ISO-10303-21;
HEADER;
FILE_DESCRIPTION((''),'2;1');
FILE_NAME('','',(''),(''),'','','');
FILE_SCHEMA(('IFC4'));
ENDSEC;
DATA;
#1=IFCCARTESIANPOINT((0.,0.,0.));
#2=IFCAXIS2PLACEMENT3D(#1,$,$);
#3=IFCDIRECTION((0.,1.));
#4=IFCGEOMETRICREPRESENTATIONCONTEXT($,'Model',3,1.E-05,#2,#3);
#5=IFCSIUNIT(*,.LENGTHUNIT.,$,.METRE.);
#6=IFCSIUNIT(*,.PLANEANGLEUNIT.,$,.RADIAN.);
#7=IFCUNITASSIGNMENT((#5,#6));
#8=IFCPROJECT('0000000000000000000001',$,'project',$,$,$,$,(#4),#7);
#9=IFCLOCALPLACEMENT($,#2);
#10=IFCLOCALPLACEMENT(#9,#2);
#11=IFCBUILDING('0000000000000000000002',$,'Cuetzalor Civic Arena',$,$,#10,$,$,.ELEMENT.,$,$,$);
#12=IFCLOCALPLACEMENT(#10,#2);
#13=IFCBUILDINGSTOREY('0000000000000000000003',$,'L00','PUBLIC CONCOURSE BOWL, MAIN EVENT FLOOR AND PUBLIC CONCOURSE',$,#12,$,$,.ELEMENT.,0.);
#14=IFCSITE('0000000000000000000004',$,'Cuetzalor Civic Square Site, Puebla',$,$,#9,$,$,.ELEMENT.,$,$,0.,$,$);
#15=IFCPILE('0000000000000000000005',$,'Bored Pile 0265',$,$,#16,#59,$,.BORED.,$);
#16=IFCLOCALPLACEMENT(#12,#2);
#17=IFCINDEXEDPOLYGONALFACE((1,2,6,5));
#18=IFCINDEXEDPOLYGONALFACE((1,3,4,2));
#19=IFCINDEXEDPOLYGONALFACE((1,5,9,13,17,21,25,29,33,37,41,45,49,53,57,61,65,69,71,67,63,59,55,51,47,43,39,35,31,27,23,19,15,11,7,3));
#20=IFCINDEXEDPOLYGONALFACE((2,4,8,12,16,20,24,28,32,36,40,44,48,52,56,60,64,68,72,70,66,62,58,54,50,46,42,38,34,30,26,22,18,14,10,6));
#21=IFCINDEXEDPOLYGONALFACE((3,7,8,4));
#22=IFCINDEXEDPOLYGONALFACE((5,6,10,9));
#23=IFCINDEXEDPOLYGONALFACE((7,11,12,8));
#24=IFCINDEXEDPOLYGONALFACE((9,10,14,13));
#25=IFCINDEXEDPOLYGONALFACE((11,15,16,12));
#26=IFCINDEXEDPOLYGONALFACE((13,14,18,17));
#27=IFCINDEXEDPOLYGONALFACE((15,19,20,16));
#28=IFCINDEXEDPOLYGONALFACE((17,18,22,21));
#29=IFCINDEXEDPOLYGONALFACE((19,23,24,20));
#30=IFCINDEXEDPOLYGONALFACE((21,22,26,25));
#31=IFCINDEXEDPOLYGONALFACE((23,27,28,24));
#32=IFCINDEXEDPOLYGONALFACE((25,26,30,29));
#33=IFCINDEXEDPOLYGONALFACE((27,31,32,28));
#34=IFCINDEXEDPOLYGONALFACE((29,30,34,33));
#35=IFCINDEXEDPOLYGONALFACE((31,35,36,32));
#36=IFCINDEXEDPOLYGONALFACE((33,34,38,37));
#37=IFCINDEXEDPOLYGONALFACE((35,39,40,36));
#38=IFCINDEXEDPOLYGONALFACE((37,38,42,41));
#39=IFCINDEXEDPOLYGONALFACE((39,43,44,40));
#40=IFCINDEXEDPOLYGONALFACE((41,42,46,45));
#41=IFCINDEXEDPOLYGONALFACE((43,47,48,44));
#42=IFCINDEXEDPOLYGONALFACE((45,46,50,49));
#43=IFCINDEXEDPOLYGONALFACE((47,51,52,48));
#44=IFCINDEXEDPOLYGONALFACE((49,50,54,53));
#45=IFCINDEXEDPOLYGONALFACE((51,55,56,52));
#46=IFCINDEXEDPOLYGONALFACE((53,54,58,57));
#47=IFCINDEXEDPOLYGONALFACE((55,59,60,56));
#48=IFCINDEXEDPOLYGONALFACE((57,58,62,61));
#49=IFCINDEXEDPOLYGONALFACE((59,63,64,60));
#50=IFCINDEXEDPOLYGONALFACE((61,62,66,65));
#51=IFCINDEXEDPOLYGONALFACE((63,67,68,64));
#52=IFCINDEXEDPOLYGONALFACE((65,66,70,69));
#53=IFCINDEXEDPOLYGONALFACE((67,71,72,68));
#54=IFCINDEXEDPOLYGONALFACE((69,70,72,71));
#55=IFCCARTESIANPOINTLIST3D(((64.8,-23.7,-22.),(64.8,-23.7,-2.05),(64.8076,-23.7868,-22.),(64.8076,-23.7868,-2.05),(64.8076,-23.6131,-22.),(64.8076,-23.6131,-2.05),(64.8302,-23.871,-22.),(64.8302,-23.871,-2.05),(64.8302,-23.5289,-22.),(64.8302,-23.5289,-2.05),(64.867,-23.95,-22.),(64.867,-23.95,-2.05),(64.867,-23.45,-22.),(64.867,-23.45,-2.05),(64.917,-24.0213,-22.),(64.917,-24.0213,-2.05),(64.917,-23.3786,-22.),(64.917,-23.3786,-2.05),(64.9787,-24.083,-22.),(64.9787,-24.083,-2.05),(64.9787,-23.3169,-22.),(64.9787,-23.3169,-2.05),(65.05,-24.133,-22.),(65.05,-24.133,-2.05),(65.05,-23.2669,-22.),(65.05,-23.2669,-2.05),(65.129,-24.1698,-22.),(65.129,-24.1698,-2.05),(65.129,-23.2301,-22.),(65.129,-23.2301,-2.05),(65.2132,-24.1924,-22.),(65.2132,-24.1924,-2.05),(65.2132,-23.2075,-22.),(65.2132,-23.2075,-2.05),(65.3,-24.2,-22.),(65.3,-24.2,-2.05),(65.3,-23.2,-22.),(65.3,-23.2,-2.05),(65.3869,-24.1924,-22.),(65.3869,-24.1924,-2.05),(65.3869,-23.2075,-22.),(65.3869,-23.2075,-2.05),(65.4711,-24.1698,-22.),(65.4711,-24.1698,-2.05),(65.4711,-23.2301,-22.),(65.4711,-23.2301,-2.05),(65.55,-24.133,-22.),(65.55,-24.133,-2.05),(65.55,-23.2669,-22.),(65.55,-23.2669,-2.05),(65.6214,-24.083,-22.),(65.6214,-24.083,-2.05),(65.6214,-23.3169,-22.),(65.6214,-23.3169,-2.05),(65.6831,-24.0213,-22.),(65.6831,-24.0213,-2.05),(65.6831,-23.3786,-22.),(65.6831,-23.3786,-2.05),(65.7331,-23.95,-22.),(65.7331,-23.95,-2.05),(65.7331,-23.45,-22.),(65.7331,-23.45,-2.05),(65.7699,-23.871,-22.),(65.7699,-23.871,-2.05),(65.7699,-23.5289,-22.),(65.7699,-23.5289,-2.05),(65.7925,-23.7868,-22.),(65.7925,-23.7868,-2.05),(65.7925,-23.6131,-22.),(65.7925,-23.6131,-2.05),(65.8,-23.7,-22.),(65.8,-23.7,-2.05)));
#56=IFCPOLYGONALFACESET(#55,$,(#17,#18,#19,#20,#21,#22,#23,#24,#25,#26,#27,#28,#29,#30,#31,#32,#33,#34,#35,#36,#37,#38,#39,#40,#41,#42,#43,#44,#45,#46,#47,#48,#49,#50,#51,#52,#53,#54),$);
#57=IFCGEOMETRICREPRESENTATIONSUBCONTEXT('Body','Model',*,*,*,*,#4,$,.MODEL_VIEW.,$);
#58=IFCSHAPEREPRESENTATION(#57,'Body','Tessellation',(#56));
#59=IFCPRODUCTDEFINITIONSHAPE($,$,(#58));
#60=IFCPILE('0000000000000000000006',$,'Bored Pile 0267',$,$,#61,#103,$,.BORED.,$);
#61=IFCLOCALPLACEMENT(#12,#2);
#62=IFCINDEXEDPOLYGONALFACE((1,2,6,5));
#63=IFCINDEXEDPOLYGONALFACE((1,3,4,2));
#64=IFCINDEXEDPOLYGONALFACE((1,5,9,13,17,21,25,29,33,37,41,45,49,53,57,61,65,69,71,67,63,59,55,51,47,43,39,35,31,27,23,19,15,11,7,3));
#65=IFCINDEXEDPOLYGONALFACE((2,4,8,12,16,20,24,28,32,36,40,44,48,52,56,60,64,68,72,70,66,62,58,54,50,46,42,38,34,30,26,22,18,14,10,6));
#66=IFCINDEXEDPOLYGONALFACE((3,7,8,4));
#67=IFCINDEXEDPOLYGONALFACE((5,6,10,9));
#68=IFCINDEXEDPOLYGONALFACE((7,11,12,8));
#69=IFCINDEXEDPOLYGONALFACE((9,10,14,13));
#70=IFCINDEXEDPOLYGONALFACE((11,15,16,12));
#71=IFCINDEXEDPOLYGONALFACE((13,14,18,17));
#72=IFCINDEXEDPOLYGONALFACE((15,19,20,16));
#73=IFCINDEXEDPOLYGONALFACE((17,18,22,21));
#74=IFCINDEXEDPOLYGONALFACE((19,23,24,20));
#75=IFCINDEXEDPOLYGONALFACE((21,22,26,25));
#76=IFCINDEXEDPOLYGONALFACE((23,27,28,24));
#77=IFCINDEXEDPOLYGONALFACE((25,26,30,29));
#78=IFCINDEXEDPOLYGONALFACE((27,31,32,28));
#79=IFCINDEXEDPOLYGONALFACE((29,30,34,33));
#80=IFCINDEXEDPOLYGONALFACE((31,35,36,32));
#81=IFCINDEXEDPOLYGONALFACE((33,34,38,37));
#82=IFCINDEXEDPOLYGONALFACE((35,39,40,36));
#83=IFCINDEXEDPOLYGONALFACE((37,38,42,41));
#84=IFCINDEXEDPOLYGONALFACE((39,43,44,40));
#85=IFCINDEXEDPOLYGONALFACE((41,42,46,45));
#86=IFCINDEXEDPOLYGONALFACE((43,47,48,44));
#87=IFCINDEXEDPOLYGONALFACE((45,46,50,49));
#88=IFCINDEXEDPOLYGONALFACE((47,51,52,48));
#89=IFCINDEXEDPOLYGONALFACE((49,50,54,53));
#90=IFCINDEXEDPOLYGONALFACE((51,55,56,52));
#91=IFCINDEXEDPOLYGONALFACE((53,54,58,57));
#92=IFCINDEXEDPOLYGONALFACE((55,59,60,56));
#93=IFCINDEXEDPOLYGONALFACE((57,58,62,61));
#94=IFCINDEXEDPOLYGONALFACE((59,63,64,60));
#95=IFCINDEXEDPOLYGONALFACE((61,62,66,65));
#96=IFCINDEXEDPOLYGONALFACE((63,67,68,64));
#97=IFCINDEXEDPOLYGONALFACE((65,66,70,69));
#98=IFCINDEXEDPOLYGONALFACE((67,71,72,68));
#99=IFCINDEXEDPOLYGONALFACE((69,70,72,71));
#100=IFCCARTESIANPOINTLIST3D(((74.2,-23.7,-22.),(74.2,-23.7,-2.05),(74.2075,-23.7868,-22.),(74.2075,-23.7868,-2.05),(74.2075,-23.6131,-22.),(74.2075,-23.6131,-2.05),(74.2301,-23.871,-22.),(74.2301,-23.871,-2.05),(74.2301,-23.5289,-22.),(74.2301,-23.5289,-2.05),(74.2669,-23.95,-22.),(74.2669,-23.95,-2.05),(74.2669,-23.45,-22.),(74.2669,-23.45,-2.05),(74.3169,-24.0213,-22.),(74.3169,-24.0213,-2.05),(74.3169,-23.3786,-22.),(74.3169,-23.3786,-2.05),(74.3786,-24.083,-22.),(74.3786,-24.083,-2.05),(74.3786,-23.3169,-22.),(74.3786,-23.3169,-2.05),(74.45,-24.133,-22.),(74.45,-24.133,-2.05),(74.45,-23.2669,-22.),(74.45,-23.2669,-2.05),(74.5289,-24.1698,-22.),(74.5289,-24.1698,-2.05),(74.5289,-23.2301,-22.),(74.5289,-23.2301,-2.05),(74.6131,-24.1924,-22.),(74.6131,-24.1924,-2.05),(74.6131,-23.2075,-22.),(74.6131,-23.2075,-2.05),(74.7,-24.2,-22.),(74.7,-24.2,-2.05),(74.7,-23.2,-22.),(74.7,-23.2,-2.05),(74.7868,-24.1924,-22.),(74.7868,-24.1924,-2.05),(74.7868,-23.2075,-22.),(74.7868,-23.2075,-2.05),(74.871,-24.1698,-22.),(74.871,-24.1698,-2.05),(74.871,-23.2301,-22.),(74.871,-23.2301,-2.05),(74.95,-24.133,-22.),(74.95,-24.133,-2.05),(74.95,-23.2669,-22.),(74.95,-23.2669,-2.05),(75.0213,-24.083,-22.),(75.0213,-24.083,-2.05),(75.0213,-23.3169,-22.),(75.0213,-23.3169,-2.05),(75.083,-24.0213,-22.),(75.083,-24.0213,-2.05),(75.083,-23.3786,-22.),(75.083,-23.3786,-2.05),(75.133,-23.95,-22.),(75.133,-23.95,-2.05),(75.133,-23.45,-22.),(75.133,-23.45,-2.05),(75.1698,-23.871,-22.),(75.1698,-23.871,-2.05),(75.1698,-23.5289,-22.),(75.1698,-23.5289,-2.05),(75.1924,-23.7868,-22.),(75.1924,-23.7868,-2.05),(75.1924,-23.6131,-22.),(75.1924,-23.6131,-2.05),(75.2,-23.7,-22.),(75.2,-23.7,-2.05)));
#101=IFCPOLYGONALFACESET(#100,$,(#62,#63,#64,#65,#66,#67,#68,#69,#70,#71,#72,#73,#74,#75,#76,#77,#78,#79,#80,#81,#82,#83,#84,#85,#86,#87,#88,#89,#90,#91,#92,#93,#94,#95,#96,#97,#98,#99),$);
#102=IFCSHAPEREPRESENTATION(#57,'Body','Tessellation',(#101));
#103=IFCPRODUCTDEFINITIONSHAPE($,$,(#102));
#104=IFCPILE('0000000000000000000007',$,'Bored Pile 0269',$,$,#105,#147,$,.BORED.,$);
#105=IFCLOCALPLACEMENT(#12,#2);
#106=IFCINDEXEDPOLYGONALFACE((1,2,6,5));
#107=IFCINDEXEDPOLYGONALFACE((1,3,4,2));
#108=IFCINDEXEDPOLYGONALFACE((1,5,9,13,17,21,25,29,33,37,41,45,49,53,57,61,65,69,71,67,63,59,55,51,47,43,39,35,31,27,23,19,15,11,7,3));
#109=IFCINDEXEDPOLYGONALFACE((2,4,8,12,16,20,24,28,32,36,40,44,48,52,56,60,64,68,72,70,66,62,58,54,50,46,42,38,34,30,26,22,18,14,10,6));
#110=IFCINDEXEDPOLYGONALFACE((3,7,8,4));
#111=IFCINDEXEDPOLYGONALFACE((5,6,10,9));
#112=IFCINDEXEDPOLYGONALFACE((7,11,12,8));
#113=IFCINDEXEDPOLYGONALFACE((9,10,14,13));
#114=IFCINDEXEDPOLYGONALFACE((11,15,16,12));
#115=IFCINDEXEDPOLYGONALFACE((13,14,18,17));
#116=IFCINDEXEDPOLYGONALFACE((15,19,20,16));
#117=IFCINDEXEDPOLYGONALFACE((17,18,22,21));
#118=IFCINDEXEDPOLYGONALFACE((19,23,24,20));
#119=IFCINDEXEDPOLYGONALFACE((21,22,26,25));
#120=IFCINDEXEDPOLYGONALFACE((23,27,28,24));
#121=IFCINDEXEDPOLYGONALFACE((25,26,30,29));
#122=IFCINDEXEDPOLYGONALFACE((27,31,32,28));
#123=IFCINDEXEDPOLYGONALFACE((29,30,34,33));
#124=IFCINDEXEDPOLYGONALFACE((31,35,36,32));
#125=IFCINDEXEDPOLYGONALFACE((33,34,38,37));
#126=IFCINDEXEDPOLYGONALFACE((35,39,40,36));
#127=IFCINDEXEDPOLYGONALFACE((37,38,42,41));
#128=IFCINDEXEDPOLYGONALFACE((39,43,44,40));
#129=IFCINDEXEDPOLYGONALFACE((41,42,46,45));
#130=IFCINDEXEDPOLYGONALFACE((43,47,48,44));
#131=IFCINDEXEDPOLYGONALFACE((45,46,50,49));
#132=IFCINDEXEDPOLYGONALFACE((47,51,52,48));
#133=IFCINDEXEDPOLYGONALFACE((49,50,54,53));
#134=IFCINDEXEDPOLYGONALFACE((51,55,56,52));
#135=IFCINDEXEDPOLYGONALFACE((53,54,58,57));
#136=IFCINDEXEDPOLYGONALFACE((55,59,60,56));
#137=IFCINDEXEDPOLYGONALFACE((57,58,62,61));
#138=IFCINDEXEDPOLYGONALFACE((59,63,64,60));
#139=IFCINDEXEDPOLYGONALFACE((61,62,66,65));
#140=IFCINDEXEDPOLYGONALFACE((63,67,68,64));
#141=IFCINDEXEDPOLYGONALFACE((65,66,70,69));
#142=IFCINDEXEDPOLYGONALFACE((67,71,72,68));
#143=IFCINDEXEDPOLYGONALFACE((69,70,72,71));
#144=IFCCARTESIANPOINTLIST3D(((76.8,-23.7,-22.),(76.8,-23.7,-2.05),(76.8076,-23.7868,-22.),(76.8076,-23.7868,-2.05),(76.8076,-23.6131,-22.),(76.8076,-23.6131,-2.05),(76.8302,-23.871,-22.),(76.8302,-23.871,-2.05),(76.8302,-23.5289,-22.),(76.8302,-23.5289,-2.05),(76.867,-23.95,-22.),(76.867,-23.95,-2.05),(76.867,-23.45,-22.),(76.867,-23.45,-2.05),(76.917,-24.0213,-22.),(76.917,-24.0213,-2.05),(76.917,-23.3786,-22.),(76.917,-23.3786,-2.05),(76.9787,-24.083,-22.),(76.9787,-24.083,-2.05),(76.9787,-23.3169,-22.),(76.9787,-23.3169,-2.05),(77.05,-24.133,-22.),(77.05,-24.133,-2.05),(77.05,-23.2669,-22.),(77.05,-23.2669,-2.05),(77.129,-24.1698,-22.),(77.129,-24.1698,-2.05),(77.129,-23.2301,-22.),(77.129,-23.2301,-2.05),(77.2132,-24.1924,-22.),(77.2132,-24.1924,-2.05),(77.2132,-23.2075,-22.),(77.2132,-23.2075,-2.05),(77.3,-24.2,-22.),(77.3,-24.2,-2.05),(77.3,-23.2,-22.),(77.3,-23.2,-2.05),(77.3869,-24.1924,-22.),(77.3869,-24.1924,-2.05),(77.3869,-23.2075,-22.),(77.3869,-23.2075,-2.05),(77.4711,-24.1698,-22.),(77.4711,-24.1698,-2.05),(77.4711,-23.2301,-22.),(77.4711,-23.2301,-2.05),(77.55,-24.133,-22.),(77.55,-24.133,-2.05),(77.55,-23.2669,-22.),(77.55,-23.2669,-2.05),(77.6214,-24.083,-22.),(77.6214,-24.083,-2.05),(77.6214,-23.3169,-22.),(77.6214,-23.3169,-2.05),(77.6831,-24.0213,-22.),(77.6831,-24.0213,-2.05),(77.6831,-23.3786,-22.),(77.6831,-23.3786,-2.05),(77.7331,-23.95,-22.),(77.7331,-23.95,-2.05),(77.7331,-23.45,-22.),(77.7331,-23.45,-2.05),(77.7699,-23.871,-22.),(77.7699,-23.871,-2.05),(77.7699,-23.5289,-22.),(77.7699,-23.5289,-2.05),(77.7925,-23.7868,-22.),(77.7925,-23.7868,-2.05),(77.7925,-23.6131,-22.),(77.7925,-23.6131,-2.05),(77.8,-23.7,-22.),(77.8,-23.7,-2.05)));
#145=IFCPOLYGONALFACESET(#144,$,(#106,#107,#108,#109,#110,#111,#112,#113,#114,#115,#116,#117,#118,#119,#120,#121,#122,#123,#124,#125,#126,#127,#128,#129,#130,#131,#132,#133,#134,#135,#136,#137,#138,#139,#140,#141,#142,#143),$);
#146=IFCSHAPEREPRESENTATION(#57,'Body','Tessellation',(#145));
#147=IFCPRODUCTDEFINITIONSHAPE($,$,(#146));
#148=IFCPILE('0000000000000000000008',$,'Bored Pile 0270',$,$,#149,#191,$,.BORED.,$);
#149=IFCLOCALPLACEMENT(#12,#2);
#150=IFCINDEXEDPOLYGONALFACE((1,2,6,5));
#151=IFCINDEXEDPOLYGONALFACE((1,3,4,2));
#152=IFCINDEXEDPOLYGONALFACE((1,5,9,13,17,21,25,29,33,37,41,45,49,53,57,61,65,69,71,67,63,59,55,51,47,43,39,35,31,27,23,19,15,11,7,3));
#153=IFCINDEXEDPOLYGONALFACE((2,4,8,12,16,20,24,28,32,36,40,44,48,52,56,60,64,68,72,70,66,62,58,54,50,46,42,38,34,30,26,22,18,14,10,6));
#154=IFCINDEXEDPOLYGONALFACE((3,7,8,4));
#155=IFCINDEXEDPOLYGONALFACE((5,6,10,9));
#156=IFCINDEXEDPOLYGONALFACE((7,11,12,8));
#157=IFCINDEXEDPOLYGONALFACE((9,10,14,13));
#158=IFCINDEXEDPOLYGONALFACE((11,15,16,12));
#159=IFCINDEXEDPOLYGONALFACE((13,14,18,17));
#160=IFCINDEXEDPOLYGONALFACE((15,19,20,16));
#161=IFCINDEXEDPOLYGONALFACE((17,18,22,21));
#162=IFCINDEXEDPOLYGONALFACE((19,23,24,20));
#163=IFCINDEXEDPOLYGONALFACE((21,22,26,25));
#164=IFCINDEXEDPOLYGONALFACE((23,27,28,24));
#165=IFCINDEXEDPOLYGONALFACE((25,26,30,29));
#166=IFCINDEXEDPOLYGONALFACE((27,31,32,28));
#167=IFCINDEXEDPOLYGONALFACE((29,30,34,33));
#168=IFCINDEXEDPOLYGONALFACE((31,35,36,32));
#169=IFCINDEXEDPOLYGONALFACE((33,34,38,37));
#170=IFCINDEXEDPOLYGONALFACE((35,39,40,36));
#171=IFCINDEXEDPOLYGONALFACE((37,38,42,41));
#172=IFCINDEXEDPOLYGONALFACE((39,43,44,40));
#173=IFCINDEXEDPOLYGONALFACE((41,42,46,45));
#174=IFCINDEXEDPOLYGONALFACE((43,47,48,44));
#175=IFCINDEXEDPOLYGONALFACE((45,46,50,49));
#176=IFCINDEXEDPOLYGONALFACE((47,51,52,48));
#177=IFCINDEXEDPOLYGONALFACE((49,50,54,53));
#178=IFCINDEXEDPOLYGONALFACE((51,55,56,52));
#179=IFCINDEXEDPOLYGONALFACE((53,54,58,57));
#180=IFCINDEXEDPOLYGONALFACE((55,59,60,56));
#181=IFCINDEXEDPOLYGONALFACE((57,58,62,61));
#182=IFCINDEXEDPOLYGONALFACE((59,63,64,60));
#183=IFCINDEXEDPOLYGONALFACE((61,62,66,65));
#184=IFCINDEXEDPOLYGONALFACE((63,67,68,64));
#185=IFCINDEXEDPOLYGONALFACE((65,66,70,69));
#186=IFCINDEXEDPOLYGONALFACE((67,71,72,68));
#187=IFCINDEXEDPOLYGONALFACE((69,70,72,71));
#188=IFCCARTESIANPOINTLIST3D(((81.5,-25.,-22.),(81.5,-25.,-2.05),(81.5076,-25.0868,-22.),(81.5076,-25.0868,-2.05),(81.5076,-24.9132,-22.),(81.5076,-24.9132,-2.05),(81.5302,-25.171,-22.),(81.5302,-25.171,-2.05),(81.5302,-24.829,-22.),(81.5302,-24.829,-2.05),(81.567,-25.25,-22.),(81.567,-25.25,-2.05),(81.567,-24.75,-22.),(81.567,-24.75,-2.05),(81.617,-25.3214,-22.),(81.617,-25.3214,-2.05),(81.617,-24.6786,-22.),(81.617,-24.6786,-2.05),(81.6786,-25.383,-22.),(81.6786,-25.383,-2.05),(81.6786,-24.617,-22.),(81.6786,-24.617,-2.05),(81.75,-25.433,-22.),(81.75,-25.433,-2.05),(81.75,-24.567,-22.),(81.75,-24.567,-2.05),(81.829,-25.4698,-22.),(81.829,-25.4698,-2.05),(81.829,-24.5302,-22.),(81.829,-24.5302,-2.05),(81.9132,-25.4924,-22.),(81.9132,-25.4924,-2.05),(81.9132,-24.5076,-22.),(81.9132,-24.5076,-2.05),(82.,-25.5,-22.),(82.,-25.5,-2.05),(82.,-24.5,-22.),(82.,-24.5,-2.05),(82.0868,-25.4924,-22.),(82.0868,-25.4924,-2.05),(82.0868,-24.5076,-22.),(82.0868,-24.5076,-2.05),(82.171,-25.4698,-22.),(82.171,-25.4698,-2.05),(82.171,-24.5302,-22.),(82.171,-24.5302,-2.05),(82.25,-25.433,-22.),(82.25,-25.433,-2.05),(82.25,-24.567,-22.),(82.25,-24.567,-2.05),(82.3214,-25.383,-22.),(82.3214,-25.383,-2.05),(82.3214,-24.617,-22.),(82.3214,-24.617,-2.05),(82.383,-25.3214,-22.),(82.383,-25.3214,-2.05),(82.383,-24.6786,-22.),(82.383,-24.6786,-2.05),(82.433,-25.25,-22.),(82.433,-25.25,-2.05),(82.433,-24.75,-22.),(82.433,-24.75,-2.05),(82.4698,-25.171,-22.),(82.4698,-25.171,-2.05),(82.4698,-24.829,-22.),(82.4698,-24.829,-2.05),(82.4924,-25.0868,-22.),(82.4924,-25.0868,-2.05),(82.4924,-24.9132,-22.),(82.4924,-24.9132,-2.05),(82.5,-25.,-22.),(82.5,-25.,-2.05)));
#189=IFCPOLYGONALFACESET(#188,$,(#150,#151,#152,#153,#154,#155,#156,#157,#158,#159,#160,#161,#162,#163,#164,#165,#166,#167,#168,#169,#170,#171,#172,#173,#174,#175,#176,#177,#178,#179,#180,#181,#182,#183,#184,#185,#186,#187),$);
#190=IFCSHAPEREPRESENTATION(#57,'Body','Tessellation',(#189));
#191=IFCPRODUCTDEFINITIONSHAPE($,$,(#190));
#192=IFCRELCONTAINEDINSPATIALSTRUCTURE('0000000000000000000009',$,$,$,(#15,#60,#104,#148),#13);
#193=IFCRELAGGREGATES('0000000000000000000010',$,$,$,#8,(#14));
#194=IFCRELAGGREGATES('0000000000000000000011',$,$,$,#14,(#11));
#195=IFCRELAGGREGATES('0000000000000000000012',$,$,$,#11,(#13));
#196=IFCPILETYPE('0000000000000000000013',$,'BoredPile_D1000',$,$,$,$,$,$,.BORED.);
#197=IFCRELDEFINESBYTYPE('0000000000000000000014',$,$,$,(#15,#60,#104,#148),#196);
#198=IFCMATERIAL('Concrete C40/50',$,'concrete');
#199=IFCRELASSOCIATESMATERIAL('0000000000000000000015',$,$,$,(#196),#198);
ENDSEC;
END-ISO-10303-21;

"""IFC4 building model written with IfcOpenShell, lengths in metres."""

from ifc_helpers import new_model, si_unit, direction, frame, origin, origin_2d, place, context, subcontext, project, spatial, circle, extrude, material, material_profile, profile_set, type_object, element, save


model = new_model("IFC4")

# Units and contexts
model_context = context("Model", 3, precision=1e-05, world=origin(), true_north=direction((0.0, 1.0)))
body_context = subcontext(model_context, "Body", "Model", "MODEL_VIEW")
ifc_project = project(units=[si_unit("LENGTHUNIT", "METRE"), si_unit("PLANEANGLEUNIT", "RADIAN")], contexts=[model_context])

# Site, building, storey
site_placement = place(None, origin())
site = spatial("IfcSite", under=ifc_project, at=site_placement, Name="Cuetzalor Civic Square Site, Puebla", CompositionType="ELEMENT", RefElevation=0.0)
building_placement = place(site_placement, origin())
building = spatial("IfcBuilding", under=site, at=building_placement, Name="Cuetzalor Civic Arena", CompositionType="ELEMENT")
storey_placement = place(building_placement, origin())
storey = spatial("IfcBuildingStorey", under=building, at=storey_placement, Name="L00", Description="PUBLIC CONCOURSE BOWL, MAIN EVENT FLOOR AND PUBLIC CONCOURSE", CompositionType="ELEMENT", Elevation=0.0)

# Piles
ifc_material_1 = material(Name="Concrete C40/50", Category="concrete")
ifc_material_profile_1 = material_profile(ifc_material_1, circle(Radius=0.5, at=origin_2d()), Name="BORED PILE D1000")
ifc_profile_set_1 = profile_set([ifc_material_profile_1], Name="Concrete C40/50")
pile_type = type_object("IfcPileType", Name="BoredPile_D1000", PredefinedType="BORED", material=ifc_profile_set_1)
for number, where, z_axis, x_axis, name in (
    (1, (65.3, -23.7, -2.05), (0.0, 0.0, -1.0), (1.0, 0.0, 0.0), "Bored Pile 0265"),
    (2, (74.7, -23.7, -2.05), (0.0, 0.0, -1.0), (1.0, 0.0, 0.0), "Bored Pile 0267"),
    (3, (77.3, -23.7, -2.05), (0.0, 0.0, -1.0), (1.0, 0.0, 0.0), "Bored Pile 0269"),
    (4, (82.0, -25.0, -2.05), (0.0, 0.0, -1.0), (1.0, 0.0, 0.0), "Bored Pile 0270"),
):
    element("IfcPile", number, at=place(storey_placement, frame(where, z_axis=z_axis, x_axis=x_axis)), inside=storey, type_object=pile_type, Name=name, PredefinedType="BORED", context=body_context, shape_type="SweptSolid", body=[
        extrude(circle(Radius=0.5, at=origin_2d()), origin(), (0.0, 0.0, 1.0), 19.95),
    ])

save(model, "model.ifc")
